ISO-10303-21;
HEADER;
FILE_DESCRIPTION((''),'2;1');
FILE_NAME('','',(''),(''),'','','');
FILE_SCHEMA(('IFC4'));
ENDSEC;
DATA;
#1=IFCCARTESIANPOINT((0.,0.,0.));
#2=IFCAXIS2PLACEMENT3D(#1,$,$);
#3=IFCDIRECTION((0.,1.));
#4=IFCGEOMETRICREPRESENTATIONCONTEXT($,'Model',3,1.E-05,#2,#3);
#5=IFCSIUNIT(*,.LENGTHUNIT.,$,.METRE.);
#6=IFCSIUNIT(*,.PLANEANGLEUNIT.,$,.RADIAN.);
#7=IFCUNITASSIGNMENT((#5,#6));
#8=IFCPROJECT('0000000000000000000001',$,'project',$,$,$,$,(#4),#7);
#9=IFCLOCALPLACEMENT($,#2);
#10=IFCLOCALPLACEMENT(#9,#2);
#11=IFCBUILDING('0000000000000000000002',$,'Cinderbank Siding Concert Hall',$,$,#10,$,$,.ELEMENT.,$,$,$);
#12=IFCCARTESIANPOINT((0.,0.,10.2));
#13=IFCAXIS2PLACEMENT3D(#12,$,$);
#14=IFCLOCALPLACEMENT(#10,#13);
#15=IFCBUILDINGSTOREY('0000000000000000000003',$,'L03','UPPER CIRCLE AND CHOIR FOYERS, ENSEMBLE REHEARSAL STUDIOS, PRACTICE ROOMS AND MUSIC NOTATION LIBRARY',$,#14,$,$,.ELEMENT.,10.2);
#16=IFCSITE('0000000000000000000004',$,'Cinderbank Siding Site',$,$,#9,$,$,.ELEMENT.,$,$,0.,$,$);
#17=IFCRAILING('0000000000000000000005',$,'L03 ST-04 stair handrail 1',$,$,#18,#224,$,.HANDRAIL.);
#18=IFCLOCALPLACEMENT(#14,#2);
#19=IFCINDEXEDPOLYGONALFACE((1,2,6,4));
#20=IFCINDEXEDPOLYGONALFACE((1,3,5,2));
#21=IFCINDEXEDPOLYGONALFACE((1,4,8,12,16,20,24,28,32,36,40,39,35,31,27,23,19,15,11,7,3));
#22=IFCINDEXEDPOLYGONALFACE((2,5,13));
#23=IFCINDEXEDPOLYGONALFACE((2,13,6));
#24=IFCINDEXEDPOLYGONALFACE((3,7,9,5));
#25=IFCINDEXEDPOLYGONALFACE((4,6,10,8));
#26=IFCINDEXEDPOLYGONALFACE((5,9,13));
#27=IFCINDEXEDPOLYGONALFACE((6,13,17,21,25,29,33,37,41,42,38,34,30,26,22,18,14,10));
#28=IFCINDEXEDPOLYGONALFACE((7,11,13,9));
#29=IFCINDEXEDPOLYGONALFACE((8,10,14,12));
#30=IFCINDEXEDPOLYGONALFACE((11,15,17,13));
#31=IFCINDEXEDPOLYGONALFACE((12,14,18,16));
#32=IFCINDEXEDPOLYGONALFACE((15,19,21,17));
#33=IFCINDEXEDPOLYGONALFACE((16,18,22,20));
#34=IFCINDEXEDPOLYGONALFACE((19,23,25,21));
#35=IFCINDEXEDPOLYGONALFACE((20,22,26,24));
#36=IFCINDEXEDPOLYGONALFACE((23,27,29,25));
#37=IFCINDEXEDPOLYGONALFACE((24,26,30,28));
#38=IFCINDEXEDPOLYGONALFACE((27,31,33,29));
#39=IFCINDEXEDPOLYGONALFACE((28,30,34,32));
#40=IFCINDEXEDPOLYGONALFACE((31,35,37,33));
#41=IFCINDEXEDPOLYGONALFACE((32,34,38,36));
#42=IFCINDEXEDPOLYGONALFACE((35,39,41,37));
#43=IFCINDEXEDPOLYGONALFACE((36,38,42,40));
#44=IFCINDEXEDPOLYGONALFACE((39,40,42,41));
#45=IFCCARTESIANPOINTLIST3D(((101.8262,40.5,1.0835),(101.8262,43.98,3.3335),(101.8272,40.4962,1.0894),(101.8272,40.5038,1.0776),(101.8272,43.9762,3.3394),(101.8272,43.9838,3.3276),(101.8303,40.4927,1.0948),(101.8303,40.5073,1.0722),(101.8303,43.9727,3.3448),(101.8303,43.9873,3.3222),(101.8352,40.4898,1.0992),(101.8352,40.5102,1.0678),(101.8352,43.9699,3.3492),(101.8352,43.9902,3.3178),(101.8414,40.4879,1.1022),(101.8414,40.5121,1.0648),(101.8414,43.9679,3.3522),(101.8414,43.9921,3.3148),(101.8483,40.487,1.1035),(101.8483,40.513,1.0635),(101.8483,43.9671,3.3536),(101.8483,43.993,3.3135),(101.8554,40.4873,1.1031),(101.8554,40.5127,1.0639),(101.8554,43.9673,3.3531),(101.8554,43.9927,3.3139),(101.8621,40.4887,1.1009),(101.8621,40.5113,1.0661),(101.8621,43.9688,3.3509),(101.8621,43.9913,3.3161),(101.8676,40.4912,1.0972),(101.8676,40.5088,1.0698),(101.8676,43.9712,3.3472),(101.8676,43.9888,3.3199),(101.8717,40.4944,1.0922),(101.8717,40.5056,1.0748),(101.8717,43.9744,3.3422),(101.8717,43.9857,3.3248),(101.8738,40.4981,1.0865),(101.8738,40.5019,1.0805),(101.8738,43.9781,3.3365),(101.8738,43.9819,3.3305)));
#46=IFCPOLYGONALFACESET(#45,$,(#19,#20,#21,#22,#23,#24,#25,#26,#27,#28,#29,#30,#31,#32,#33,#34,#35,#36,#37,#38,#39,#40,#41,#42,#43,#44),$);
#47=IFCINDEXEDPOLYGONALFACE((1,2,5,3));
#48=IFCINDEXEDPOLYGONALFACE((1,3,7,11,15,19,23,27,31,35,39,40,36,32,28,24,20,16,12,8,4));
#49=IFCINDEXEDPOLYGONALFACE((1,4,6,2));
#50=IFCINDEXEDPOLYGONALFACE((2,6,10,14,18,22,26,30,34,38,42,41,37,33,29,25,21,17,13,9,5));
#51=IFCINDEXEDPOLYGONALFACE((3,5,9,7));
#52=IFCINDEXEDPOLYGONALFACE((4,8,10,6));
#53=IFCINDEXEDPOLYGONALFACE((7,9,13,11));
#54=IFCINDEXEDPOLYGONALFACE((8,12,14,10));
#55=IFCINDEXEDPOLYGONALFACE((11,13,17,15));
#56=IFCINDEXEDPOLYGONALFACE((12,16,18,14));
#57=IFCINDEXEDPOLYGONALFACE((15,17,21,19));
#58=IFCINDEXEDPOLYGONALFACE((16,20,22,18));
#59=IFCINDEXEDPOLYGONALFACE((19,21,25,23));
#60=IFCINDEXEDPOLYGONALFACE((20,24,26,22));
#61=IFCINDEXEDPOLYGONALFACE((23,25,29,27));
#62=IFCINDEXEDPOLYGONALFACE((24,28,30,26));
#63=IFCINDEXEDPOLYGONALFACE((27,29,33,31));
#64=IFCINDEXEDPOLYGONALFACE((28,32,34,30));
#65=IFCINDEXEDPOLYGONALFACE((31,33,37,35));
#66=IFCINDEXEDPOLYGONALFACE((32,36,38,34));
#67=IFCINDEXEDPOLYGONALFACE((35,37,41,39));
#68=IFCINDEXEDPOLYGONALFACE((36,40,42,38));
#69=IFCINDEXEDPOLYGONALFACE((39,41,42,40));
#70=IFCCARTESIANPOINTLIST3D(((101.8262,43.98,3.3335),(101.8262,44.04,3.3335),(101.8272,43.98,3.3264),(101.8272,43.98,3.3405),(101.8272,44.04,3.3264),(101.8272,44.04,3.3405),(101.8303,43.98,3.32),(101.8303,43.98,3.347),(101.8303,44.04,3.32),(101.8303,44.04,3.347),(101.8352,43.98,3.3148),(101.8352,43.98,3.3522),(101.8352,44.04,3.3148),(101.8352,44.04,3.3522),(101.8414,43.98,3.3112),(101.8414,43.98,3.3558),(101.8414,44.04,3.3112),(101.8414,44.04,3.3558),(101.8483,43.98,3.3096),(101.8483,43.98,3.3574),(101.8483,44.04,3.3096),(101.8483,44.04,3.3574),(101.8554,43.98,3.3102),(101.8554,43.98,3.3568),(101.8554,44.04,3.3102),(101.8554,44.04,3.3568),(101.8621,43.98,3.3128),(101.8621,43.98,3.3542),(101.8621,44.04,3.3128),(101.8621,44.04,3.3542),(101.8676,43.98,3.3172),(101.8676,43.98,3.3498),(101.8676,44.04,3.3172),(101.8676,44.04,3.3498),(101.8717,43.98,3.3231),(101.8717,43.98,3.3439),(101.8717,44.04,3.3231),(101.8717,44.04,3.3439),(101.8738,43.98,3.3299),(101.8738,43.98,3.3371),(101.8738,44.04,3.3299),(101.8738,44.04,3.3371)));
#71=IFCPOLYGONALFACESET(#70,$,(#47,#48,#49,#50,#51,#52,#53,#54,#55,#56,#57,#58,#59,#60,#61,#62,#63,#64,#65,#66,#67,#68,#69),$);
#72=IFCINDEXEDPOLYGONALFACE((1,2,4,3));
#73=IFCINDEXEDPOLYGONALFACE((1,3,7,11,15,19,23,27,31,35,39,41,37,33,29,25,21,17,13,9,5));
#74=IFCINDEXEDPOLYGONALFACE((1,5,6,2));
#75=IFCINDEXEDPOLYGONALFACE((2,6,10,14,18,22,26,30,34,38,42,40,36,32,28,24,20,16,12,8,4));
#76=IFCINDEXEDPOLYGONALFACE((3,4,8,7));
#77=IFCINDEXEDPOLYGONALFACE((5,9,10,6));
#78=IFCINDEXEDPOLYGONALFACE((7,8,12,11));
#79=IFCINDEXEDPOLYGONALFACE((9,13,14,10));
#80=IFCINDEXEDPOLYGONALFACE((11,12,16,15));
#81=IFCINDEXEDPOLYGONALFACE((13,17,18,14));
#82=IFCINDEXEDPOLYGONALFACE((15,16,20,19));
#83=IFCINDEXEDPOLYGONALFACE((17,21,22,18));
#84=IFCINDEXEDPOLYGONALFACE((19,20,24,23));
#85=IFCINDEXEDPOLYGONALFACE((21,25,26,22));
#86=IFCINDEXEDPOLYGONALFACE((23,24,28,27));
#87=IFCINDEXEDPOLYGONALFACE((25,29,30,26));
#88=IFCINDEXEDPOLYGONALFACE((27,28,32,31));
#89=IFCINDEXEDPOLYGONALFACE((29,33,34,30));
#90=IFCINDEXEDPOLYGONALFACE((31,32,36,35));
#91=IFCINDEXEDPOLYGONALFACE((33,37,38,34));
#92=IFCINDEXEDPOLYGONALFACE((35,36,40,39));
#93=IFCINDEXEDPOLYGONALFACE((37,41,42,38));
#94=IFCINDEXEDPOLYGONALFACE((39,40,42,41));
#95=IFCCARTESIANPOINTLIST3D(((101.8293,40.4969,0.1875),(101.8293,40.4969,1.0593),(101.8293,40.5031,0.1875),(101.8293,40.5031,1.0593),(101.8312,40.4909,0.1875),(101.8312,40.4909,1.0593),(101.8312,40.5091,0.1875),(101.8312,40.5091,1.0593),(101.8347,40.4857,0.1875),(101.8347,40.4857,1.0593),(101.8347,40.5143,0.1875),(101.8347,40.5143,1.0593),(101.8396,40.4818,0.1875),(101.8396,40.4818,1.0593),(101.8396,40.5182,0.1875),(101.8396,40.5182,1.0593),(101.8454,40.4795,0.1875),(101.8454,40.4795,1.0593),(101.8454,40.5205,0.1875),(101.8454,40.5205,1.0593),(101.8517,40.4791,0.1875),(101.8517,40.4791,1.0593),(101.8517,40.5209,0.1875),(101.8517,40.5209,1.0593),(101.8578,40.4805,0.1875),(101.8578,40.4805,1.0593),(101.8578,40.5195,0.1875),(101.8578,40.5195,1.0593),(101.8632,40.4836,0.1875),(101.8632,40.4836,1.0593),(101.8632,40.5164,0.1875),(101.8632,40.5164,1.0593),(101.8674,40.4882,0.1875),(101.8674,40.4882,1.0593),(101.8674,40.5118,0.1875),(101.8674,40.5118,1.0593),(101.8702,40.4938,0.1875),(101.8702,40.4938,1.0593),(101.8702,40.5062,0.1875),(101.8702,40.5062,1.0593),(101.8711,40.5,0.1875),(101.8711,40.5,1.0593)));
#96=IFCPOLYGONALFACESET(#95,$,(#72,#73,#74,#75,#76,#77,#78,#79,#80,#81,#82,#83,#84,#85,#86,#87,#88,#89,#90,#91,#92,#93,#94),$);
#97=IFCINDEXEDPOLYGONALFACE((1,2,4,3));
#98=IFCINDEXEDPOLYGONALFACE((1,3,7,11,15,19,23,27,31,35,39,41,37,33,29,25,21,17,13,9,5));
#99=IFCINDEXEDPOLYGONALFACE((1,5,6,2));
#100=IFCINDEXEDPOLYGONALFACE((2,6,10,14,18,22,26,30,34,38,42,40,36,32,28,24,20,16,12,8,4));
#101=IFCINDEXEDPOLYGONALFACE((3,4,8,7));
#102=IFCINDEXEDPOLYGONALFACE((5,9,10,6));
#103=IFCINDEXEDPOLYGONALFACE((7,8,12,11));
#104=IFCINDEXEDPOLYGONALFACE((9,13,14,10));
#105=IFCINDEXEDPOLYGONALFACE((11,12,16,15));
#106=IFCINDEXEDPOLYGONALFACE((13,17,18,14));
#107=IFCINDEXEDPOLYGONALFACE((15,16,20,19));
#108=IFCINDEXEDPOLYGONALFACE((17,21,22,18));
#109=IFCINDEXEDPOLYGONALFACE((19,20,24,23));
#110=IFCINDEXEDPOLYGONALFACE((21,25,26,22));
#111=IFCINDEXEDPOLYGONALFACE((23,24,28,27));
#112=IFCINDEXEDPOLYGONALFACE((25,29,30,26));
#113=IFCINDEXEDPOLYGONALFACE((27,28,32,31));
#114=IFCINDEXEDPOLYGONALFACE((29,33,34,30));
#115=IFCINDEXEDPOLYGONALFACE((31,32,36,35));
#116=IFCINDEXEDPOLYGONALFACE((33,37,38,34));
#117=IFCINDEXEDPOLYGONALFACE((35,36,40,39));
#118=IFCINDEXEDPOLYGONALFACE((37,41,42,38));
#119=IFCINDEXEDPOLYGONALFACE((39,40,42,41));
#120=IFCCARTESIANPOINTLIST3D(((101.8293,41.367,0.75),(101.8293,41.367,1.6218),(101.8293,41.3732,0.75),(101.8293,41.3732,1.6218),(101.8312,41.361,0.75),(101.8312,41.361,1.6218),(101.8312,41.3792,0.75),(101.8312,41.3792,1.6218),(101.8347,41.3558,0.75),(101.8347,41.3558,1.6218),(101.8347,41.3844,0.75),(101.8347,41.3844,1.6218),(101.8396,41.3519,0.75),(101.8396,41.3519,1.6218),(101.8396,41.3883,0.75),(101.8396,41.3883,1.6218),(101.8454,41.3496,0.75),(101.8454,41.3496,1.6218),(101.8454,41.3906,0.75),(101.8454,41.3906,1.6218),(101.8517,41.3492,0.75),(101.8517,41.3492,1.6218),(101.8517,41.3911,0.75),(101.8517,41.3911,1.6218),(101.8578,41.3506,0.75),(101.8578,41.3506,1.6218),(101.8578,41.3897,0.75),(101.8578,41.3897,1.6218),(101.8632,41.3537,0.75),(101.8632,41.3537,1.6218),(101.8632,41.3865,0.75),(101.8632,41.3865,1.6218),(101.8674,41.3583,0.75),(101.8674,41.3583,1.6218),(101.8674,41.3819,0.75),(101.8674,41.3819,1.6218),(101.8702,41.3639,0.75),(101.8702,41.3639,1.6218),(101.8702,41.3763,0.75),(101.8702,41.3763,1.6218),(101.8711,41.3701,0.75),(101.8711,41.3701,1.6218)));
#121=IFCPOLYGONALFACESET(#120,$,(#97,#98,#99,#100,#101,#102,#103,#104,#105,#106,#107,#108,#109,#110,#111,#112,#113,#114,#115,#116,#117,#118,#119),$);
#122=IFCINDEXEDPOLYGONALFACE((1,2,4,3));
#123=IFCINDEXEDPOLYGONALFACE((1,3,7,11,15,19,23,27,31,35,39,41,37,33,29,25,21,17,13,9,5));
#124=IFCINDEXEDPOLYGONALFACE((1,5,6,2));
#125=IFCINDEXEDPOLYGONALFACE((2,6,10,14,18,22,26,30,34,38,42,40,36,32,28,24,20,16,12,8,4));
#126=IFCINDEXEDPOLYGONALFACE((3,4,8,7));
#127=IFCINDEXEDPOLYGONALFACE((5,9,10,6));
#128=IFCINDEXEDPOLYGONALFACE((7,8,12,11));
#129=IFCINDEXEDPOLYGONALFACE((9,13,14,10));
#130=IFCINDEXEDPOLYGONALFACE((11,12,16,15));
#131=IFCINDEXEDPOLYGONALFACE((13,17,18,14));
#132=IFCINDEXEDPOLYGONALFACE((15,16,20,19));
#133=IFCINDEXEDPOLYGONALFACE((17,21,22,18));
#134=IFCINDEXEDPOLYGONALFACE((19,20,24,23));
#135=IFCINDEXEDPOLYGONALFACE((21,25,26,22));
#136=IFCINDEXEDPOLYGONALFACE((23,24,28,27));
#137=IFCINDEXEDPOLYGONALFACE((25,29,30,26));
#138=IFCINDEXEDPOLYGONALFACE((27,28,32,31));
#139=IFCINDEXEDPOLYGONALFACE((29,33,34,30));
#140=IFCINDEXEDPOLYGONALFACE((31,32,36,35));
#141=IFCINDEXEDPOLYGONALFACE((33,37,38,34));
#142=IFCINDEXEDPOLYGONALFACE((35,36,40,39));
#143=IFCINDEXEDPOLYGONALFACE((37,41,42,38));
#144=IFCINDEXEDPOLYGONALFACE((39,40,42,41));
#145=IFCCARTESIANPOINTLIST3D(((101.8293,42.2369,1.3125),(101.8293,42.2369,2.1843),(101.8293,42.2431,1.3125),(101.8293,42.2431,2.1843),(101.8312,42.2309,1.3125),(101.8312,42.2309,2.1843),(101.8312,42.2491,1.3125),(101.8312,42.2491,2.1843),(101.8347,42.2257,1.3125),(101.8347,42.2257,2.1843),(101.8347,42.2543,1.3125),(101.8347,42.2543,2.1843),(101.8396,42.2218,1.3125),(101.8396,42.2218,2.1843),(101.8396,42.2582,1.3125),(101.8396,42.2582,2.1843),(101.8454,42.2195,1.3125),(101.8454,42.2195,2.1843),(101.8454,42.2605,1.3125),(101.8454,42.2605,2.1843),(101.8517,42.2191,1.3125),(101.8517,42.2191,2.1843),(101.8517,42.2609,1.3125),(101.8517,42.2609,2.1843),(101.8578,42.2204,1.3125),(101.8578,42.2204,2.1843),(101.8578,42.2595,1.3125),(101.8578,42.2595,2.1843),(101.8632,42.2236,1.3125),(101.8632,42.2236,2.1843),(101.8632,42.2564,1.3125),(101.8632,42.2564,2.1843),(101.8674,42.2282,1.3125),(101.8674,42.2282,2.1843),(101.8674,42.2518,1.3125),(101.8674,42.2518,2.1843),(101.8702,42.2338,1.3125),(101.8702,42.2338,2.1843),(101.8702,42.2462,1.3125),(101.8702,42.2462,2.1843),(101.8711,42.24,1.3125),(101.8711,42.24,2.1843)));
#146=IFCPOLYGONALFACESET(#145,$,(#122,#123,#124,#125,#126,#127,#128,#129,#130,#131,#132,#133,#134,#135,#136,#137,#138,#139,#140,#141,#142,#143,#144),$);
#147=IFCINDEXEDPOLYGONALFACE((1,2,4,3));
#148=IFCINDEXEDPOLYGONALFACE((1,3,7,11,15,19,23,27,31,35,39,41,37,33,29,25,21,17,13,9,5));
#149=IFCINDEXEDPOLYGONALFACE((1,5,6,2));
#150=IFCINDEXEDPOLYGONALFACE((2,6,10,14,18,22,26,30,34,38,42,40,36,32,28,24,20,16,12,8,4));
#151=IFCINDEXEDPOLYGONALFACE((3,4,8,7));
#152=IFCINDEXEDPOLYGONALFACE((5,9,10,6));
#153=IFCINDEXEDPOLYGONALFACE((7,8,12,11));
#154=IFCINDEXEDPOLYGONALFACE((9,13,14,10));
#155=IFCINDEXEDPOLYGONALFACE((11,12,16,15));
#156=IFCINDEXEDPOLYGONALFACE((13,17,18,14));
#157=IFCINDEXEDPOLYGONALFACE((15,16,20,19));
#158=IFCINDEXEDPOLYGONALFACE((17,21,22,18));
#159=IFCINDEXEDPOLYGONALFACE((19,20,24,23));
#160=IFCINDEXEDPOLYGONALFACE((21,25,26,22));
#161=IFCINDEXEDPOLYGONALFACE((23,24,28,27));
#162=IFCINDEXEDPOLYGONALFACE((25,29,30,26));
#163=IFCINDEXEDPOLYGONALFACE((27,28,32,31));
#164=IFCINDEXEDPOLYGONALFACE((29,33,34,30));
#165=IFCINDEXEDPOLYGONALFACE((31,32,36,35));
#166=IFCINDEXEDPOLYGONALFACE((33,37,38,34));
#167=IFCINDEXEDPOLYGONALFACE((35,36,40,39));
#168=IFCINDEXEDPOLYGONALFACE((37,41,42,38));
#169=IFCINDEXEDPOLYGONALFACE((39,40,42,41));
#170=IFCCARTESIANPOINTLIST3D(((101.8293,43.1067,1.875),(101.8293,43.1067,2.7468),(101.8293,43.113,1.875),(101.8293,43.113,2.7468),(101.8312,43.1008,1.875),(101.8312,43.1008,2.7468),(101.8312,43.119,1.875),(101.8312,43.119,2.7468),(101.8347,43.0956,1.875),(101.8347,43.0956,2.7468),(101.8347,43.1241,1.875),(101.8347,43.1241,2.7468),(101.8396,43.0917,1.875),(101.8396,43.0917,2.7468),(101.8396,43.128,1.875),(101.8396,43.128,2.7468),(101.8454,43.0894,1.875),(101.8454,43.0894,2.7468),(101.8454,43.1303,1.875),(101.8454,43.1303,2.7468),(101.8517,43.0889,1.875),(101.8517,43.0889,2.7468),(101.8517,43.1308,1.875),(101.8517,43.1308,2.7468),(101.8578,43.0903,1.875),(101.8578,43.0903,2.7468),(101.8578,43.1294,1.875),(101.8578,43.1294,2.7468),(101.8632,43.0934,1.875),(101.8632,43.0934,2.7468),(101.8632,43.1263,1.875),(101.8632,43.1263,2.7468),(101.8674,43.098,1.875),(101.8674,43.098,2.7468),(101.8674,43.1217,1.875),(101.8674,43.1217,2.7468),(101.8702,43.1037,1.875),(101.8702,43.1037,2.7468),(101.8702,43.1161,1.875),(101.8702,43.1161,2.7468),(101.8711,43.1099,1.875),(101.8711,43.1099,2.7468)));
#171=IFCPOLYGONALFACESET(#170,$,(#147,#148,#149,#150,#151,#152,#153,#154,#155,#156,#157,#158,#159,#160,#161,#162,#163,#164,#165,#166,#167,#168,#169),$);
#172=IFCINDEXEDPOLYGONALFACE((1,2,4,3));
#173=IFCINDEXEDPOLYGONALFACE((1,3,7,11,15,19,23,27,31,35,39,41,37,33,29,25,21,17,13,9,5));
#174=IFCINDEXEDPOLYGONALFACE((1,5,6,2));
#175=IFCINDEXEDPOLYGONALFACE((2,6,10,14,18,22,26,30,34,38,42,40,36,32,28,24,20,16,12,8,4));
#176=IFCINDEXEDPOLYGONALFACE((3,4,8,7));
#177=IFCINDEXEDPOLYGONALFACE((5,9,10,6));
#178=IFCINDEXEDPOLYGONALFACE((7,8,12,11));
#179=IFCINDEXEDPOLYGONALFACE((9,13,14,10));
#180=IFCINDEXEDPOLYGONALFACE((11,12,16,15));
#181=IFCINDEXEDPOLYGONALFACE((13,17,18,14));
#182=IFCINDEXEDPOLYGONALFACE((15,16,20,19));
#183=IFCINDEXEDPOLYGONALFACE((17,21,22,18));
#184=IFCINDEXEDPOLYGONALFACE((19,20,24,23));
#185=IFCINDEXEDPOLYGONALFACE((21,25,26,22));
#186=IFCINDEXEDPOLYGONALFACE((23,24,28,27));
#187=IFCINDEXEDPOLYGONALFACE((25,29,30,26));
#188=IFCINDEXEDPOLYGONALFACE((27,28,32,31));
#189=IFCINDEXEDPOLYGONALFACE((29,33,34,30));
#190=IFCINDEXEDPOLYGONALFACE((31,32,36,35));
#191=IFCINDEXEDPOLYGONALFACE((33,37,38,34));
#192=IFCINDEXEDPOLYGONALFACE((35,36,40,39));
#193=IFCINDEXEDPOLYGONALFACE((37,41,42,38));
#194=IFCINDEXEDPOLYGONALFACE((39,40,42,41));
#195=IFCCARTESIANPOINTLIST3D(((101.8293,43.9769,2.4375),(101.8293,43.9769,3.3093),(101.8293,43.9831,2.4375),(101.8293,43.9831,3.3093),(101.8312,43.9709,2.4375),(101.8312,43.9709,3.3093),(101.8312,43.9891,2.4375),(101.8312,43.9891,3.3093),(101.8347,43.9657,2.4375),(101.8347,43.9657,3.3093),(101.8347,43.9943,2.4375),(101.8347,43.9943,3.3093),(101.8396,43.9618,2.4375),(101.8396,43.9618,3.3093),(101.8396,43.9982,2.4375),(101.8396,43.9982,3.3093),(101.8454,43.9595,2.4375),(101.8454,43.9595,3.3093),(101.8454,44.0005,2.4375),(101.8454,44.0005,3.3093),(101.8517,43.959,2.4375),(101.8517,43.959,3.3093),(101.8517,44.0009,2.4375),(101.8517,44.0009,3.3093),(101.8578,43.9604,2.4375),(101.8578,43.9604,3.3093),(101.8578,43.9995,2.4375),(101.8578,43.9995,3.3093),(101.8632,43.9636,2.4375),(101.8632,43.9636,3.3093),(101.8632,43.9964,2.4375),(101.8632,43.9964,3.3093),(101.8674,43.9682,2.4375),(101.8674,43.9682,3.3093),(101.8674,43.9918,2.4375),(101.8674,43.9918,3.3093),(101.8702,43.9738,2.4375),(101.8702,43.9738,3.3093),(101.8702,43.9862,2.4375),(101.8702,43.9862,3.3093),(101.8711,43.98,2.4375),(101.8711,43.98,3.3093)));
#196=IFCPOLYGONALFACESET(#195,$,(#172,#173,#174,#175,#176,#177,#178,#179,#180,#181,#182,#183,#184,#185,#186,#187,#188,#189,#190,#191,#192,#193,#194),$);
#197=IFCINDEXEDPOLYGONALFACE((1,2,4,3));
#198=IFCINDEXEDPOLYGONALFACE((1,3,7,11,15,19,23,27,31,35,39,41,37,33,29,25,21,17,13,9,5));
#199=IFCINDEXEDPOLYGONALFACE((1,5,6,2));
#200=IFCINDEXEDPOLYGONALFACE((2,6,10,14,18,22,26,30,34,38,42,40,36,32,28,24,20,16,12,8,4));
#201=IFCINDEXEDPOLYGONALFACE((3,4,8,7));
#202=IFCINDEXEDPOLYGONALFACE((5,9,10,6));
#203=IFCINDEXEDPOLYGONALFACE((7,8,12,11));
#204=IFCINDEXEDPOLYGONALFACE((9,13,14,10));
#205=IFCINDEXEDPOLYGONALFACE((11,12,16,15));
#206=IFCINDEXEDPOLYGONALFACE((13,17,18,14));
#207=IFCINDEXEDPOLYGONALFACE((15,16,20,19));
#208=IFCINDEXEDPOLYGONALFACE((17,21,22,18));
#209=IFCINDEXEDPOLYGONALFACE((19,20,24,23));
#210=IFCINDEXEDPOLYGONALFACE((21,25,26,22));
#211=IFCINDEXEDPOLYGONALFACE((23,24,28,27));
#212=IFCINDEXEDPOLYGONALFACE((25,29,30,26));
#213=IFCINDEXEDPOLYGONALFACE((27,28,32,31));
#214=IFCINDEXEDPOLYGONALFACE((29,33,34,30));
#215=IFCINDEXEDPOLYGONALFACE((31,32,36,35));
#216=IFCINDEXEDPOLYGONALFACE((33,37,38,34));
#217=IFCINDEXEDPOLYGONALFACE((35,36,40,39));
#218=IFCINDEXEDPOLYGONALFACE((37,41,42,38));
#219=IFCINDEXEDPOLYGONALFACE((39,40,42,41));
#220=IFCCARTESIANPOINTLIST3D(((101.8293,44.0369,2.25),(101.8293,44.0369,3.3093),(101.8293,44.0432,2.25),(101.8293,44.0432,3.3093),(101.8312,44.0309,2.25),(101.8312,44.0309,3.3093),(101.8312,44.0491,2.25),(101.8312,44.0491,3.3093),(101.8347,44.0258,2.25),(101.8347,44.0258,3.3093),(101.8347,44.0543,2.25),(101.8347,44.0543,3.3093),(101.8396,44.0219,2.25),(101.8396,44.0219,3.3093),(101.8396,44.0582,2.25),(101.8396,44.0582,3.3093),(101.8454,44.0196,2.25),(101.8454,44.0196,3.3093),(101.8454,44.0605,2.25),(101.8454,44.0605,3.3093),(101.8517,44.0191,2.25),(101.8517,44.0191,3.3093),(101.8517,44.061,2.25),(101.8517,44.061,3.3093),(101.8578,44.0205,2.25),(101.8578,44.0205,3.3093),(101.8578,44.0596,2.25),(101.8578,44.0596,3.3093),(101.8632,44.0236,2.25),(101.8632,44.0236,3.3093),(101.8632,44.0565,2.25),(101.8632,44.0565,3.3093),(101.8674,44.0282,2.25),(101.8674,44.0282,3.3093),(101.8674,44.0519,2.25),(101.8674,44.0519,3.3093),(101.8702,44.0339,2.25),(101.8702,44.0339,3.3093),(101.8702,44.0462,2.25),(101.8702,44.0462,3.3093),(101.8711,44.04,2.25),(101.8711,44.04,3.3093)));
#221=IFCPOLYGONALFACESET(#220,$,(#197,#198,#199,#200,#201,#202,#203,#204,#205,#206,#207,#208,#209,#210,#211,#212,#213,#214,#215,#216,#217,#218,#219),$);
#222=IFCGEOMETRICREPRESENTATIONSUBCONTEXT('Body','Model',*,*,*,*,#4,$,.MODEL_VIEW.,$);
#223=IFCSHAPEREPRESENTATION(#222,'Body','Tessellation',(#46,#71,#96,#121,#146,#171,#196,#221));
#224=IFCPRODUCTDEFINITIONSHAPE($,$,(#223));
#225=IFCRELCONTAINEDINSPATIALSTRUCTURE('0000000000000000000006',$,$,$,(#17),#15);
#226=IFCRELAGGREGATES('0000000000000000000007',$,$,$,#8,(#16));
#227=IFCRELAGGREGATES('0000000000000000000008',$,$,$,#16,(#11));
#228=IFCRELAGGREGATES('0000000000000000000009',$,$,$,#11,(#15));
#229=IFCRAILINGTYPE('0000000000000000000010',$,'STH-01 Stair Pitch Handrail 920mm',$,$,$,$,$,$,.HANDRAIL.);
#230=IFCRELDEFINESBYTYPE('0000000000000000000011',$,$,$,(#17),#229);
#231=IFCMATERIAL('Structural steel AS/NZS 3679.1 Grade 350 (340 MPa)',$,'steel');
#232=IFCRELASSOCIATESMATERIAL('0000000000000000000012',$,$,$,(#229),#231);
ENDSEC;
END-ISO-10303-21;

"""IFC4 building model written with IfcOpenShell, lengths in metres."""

from ifc_helpers import new_model, si_unit, direction, frame, origin, origin_2d, place, context, subcontext, project, spatial, circle, extrude, material, type_object, element, save


model = new_model("IFC4")

# Units and contexts
model_context = context("Model", 3, precision=1e-05, world=origin(), true_north=direction((0.0, 1.0)))
body_context = subcontext(model_context, "Body", "Model", "MODEL_VIEW")
ifc_project = project(units=[si_unit("LENGTHUNIT", "METRE"), si_unit("PLANEANGLEUNIT", "RADIAN")], contexts=[model_context])

# Site, building, storey
site_placement = place(None, origin())
site = spatial("IfcSite", under=ifc_project, at=site_placement, Name="Cinderbank Siding Site", CompositionType="ELEMENT", RefElevation=0.0)
building_placement = place(site_placement, origin())
building = spatial("IfcBuilding", under=site, at=building_placement, Name="Cinderbank Siding Concert Hall", CompositionType="ELEMENT")
storey_placement = place(building_placement, frame((0.0, 0.0, 10.2)))
storey = spatial("IfcBuildingStorey", under=building, at=storey_placement, Name="L03", Description="UPPER CIRCLE AND CHOIR FOYERS, ENSEMBLE REHEARSAL STUDIOS, PRACTICE ROOMS AND MUSIC NOTATION LIBRARY", CompositionType="ELEMENT", Elevation=10.2)

# Shared definitions
ifc_material_1 = material(Name="Structural steel AS/NZS 3679.1 Grade 350 (340 MPa)", Category="steel")

# Railing
railing_type_1 = type_object("IfcRailingType", Name="STH-01 Stair Pitch Handrail 920mm", PredefinedType="HANDRAIL", material=ifc_material_1)
railing_1_placement = place(storey_placement, frame((101.8501, 40.5, 0.1875)))
element("IfcRailing", 1, at=railing_1_placement, inside=storey, type_object=railing_type_1, Name="L03 ST-04 stair handrail 1", PredefinedType="HANDRAIL", context=body_context, shape_type="SweptSolid", body=[
    extrude(circle(Radius=0.0239, at=origin_2d()), frame((0.0, 0.0, 0.896), z_axis=(0.0, 0.839763, 0.542953), x_axis=(-1.0, 0.0, 0.0)), (0.0, 0.0, 1.0), 4.144),
    extrude(circle(Radius=0.0239, at=origin_2d()), frame((0.0, 3.48, 3.146), z_axis=(0.0, 1.0, 0.0), x_axis=(-1.0, 0.0, 0.0)), (0.0, 0.0, 1.0), 0.0601),
    extrude(circle(Radius=0.021, at=origin_2d()), origin(), (0.0, 0.0, 1.0), 0.8718),
    extrude(circle(Radius=0.021, at=origin_2d()), frame((0.0, 0.8701, 0.5625)), (0.0, 0.0, 1.0), 0.8718),
    extrude(circle(Radius=0.021, at=origin_2d()), frame((0.0, 1.74, 1.125)), (0.0, 0.0, 1.0), 0.8718),
    extrude(circle(Radius=0.021, at=origin_2d()), frame((0.0, 2.6099, 1.6875)), (0.0, 0.0, 1.0), 0.8718),
    extrude(circle(Radius=0.021, at=origin_2d()), frame((0.0, 3.48, 2.25)), (0.0, 0.0, 1.0), 0.8718),
    extrude(circle(Radius=0.021, at=origin_2d()), frame((0.0, 3.54, 2.0625)), (0.0, 0.0, 1.0), 1.0593),
])

save(model, "model.ifc")
